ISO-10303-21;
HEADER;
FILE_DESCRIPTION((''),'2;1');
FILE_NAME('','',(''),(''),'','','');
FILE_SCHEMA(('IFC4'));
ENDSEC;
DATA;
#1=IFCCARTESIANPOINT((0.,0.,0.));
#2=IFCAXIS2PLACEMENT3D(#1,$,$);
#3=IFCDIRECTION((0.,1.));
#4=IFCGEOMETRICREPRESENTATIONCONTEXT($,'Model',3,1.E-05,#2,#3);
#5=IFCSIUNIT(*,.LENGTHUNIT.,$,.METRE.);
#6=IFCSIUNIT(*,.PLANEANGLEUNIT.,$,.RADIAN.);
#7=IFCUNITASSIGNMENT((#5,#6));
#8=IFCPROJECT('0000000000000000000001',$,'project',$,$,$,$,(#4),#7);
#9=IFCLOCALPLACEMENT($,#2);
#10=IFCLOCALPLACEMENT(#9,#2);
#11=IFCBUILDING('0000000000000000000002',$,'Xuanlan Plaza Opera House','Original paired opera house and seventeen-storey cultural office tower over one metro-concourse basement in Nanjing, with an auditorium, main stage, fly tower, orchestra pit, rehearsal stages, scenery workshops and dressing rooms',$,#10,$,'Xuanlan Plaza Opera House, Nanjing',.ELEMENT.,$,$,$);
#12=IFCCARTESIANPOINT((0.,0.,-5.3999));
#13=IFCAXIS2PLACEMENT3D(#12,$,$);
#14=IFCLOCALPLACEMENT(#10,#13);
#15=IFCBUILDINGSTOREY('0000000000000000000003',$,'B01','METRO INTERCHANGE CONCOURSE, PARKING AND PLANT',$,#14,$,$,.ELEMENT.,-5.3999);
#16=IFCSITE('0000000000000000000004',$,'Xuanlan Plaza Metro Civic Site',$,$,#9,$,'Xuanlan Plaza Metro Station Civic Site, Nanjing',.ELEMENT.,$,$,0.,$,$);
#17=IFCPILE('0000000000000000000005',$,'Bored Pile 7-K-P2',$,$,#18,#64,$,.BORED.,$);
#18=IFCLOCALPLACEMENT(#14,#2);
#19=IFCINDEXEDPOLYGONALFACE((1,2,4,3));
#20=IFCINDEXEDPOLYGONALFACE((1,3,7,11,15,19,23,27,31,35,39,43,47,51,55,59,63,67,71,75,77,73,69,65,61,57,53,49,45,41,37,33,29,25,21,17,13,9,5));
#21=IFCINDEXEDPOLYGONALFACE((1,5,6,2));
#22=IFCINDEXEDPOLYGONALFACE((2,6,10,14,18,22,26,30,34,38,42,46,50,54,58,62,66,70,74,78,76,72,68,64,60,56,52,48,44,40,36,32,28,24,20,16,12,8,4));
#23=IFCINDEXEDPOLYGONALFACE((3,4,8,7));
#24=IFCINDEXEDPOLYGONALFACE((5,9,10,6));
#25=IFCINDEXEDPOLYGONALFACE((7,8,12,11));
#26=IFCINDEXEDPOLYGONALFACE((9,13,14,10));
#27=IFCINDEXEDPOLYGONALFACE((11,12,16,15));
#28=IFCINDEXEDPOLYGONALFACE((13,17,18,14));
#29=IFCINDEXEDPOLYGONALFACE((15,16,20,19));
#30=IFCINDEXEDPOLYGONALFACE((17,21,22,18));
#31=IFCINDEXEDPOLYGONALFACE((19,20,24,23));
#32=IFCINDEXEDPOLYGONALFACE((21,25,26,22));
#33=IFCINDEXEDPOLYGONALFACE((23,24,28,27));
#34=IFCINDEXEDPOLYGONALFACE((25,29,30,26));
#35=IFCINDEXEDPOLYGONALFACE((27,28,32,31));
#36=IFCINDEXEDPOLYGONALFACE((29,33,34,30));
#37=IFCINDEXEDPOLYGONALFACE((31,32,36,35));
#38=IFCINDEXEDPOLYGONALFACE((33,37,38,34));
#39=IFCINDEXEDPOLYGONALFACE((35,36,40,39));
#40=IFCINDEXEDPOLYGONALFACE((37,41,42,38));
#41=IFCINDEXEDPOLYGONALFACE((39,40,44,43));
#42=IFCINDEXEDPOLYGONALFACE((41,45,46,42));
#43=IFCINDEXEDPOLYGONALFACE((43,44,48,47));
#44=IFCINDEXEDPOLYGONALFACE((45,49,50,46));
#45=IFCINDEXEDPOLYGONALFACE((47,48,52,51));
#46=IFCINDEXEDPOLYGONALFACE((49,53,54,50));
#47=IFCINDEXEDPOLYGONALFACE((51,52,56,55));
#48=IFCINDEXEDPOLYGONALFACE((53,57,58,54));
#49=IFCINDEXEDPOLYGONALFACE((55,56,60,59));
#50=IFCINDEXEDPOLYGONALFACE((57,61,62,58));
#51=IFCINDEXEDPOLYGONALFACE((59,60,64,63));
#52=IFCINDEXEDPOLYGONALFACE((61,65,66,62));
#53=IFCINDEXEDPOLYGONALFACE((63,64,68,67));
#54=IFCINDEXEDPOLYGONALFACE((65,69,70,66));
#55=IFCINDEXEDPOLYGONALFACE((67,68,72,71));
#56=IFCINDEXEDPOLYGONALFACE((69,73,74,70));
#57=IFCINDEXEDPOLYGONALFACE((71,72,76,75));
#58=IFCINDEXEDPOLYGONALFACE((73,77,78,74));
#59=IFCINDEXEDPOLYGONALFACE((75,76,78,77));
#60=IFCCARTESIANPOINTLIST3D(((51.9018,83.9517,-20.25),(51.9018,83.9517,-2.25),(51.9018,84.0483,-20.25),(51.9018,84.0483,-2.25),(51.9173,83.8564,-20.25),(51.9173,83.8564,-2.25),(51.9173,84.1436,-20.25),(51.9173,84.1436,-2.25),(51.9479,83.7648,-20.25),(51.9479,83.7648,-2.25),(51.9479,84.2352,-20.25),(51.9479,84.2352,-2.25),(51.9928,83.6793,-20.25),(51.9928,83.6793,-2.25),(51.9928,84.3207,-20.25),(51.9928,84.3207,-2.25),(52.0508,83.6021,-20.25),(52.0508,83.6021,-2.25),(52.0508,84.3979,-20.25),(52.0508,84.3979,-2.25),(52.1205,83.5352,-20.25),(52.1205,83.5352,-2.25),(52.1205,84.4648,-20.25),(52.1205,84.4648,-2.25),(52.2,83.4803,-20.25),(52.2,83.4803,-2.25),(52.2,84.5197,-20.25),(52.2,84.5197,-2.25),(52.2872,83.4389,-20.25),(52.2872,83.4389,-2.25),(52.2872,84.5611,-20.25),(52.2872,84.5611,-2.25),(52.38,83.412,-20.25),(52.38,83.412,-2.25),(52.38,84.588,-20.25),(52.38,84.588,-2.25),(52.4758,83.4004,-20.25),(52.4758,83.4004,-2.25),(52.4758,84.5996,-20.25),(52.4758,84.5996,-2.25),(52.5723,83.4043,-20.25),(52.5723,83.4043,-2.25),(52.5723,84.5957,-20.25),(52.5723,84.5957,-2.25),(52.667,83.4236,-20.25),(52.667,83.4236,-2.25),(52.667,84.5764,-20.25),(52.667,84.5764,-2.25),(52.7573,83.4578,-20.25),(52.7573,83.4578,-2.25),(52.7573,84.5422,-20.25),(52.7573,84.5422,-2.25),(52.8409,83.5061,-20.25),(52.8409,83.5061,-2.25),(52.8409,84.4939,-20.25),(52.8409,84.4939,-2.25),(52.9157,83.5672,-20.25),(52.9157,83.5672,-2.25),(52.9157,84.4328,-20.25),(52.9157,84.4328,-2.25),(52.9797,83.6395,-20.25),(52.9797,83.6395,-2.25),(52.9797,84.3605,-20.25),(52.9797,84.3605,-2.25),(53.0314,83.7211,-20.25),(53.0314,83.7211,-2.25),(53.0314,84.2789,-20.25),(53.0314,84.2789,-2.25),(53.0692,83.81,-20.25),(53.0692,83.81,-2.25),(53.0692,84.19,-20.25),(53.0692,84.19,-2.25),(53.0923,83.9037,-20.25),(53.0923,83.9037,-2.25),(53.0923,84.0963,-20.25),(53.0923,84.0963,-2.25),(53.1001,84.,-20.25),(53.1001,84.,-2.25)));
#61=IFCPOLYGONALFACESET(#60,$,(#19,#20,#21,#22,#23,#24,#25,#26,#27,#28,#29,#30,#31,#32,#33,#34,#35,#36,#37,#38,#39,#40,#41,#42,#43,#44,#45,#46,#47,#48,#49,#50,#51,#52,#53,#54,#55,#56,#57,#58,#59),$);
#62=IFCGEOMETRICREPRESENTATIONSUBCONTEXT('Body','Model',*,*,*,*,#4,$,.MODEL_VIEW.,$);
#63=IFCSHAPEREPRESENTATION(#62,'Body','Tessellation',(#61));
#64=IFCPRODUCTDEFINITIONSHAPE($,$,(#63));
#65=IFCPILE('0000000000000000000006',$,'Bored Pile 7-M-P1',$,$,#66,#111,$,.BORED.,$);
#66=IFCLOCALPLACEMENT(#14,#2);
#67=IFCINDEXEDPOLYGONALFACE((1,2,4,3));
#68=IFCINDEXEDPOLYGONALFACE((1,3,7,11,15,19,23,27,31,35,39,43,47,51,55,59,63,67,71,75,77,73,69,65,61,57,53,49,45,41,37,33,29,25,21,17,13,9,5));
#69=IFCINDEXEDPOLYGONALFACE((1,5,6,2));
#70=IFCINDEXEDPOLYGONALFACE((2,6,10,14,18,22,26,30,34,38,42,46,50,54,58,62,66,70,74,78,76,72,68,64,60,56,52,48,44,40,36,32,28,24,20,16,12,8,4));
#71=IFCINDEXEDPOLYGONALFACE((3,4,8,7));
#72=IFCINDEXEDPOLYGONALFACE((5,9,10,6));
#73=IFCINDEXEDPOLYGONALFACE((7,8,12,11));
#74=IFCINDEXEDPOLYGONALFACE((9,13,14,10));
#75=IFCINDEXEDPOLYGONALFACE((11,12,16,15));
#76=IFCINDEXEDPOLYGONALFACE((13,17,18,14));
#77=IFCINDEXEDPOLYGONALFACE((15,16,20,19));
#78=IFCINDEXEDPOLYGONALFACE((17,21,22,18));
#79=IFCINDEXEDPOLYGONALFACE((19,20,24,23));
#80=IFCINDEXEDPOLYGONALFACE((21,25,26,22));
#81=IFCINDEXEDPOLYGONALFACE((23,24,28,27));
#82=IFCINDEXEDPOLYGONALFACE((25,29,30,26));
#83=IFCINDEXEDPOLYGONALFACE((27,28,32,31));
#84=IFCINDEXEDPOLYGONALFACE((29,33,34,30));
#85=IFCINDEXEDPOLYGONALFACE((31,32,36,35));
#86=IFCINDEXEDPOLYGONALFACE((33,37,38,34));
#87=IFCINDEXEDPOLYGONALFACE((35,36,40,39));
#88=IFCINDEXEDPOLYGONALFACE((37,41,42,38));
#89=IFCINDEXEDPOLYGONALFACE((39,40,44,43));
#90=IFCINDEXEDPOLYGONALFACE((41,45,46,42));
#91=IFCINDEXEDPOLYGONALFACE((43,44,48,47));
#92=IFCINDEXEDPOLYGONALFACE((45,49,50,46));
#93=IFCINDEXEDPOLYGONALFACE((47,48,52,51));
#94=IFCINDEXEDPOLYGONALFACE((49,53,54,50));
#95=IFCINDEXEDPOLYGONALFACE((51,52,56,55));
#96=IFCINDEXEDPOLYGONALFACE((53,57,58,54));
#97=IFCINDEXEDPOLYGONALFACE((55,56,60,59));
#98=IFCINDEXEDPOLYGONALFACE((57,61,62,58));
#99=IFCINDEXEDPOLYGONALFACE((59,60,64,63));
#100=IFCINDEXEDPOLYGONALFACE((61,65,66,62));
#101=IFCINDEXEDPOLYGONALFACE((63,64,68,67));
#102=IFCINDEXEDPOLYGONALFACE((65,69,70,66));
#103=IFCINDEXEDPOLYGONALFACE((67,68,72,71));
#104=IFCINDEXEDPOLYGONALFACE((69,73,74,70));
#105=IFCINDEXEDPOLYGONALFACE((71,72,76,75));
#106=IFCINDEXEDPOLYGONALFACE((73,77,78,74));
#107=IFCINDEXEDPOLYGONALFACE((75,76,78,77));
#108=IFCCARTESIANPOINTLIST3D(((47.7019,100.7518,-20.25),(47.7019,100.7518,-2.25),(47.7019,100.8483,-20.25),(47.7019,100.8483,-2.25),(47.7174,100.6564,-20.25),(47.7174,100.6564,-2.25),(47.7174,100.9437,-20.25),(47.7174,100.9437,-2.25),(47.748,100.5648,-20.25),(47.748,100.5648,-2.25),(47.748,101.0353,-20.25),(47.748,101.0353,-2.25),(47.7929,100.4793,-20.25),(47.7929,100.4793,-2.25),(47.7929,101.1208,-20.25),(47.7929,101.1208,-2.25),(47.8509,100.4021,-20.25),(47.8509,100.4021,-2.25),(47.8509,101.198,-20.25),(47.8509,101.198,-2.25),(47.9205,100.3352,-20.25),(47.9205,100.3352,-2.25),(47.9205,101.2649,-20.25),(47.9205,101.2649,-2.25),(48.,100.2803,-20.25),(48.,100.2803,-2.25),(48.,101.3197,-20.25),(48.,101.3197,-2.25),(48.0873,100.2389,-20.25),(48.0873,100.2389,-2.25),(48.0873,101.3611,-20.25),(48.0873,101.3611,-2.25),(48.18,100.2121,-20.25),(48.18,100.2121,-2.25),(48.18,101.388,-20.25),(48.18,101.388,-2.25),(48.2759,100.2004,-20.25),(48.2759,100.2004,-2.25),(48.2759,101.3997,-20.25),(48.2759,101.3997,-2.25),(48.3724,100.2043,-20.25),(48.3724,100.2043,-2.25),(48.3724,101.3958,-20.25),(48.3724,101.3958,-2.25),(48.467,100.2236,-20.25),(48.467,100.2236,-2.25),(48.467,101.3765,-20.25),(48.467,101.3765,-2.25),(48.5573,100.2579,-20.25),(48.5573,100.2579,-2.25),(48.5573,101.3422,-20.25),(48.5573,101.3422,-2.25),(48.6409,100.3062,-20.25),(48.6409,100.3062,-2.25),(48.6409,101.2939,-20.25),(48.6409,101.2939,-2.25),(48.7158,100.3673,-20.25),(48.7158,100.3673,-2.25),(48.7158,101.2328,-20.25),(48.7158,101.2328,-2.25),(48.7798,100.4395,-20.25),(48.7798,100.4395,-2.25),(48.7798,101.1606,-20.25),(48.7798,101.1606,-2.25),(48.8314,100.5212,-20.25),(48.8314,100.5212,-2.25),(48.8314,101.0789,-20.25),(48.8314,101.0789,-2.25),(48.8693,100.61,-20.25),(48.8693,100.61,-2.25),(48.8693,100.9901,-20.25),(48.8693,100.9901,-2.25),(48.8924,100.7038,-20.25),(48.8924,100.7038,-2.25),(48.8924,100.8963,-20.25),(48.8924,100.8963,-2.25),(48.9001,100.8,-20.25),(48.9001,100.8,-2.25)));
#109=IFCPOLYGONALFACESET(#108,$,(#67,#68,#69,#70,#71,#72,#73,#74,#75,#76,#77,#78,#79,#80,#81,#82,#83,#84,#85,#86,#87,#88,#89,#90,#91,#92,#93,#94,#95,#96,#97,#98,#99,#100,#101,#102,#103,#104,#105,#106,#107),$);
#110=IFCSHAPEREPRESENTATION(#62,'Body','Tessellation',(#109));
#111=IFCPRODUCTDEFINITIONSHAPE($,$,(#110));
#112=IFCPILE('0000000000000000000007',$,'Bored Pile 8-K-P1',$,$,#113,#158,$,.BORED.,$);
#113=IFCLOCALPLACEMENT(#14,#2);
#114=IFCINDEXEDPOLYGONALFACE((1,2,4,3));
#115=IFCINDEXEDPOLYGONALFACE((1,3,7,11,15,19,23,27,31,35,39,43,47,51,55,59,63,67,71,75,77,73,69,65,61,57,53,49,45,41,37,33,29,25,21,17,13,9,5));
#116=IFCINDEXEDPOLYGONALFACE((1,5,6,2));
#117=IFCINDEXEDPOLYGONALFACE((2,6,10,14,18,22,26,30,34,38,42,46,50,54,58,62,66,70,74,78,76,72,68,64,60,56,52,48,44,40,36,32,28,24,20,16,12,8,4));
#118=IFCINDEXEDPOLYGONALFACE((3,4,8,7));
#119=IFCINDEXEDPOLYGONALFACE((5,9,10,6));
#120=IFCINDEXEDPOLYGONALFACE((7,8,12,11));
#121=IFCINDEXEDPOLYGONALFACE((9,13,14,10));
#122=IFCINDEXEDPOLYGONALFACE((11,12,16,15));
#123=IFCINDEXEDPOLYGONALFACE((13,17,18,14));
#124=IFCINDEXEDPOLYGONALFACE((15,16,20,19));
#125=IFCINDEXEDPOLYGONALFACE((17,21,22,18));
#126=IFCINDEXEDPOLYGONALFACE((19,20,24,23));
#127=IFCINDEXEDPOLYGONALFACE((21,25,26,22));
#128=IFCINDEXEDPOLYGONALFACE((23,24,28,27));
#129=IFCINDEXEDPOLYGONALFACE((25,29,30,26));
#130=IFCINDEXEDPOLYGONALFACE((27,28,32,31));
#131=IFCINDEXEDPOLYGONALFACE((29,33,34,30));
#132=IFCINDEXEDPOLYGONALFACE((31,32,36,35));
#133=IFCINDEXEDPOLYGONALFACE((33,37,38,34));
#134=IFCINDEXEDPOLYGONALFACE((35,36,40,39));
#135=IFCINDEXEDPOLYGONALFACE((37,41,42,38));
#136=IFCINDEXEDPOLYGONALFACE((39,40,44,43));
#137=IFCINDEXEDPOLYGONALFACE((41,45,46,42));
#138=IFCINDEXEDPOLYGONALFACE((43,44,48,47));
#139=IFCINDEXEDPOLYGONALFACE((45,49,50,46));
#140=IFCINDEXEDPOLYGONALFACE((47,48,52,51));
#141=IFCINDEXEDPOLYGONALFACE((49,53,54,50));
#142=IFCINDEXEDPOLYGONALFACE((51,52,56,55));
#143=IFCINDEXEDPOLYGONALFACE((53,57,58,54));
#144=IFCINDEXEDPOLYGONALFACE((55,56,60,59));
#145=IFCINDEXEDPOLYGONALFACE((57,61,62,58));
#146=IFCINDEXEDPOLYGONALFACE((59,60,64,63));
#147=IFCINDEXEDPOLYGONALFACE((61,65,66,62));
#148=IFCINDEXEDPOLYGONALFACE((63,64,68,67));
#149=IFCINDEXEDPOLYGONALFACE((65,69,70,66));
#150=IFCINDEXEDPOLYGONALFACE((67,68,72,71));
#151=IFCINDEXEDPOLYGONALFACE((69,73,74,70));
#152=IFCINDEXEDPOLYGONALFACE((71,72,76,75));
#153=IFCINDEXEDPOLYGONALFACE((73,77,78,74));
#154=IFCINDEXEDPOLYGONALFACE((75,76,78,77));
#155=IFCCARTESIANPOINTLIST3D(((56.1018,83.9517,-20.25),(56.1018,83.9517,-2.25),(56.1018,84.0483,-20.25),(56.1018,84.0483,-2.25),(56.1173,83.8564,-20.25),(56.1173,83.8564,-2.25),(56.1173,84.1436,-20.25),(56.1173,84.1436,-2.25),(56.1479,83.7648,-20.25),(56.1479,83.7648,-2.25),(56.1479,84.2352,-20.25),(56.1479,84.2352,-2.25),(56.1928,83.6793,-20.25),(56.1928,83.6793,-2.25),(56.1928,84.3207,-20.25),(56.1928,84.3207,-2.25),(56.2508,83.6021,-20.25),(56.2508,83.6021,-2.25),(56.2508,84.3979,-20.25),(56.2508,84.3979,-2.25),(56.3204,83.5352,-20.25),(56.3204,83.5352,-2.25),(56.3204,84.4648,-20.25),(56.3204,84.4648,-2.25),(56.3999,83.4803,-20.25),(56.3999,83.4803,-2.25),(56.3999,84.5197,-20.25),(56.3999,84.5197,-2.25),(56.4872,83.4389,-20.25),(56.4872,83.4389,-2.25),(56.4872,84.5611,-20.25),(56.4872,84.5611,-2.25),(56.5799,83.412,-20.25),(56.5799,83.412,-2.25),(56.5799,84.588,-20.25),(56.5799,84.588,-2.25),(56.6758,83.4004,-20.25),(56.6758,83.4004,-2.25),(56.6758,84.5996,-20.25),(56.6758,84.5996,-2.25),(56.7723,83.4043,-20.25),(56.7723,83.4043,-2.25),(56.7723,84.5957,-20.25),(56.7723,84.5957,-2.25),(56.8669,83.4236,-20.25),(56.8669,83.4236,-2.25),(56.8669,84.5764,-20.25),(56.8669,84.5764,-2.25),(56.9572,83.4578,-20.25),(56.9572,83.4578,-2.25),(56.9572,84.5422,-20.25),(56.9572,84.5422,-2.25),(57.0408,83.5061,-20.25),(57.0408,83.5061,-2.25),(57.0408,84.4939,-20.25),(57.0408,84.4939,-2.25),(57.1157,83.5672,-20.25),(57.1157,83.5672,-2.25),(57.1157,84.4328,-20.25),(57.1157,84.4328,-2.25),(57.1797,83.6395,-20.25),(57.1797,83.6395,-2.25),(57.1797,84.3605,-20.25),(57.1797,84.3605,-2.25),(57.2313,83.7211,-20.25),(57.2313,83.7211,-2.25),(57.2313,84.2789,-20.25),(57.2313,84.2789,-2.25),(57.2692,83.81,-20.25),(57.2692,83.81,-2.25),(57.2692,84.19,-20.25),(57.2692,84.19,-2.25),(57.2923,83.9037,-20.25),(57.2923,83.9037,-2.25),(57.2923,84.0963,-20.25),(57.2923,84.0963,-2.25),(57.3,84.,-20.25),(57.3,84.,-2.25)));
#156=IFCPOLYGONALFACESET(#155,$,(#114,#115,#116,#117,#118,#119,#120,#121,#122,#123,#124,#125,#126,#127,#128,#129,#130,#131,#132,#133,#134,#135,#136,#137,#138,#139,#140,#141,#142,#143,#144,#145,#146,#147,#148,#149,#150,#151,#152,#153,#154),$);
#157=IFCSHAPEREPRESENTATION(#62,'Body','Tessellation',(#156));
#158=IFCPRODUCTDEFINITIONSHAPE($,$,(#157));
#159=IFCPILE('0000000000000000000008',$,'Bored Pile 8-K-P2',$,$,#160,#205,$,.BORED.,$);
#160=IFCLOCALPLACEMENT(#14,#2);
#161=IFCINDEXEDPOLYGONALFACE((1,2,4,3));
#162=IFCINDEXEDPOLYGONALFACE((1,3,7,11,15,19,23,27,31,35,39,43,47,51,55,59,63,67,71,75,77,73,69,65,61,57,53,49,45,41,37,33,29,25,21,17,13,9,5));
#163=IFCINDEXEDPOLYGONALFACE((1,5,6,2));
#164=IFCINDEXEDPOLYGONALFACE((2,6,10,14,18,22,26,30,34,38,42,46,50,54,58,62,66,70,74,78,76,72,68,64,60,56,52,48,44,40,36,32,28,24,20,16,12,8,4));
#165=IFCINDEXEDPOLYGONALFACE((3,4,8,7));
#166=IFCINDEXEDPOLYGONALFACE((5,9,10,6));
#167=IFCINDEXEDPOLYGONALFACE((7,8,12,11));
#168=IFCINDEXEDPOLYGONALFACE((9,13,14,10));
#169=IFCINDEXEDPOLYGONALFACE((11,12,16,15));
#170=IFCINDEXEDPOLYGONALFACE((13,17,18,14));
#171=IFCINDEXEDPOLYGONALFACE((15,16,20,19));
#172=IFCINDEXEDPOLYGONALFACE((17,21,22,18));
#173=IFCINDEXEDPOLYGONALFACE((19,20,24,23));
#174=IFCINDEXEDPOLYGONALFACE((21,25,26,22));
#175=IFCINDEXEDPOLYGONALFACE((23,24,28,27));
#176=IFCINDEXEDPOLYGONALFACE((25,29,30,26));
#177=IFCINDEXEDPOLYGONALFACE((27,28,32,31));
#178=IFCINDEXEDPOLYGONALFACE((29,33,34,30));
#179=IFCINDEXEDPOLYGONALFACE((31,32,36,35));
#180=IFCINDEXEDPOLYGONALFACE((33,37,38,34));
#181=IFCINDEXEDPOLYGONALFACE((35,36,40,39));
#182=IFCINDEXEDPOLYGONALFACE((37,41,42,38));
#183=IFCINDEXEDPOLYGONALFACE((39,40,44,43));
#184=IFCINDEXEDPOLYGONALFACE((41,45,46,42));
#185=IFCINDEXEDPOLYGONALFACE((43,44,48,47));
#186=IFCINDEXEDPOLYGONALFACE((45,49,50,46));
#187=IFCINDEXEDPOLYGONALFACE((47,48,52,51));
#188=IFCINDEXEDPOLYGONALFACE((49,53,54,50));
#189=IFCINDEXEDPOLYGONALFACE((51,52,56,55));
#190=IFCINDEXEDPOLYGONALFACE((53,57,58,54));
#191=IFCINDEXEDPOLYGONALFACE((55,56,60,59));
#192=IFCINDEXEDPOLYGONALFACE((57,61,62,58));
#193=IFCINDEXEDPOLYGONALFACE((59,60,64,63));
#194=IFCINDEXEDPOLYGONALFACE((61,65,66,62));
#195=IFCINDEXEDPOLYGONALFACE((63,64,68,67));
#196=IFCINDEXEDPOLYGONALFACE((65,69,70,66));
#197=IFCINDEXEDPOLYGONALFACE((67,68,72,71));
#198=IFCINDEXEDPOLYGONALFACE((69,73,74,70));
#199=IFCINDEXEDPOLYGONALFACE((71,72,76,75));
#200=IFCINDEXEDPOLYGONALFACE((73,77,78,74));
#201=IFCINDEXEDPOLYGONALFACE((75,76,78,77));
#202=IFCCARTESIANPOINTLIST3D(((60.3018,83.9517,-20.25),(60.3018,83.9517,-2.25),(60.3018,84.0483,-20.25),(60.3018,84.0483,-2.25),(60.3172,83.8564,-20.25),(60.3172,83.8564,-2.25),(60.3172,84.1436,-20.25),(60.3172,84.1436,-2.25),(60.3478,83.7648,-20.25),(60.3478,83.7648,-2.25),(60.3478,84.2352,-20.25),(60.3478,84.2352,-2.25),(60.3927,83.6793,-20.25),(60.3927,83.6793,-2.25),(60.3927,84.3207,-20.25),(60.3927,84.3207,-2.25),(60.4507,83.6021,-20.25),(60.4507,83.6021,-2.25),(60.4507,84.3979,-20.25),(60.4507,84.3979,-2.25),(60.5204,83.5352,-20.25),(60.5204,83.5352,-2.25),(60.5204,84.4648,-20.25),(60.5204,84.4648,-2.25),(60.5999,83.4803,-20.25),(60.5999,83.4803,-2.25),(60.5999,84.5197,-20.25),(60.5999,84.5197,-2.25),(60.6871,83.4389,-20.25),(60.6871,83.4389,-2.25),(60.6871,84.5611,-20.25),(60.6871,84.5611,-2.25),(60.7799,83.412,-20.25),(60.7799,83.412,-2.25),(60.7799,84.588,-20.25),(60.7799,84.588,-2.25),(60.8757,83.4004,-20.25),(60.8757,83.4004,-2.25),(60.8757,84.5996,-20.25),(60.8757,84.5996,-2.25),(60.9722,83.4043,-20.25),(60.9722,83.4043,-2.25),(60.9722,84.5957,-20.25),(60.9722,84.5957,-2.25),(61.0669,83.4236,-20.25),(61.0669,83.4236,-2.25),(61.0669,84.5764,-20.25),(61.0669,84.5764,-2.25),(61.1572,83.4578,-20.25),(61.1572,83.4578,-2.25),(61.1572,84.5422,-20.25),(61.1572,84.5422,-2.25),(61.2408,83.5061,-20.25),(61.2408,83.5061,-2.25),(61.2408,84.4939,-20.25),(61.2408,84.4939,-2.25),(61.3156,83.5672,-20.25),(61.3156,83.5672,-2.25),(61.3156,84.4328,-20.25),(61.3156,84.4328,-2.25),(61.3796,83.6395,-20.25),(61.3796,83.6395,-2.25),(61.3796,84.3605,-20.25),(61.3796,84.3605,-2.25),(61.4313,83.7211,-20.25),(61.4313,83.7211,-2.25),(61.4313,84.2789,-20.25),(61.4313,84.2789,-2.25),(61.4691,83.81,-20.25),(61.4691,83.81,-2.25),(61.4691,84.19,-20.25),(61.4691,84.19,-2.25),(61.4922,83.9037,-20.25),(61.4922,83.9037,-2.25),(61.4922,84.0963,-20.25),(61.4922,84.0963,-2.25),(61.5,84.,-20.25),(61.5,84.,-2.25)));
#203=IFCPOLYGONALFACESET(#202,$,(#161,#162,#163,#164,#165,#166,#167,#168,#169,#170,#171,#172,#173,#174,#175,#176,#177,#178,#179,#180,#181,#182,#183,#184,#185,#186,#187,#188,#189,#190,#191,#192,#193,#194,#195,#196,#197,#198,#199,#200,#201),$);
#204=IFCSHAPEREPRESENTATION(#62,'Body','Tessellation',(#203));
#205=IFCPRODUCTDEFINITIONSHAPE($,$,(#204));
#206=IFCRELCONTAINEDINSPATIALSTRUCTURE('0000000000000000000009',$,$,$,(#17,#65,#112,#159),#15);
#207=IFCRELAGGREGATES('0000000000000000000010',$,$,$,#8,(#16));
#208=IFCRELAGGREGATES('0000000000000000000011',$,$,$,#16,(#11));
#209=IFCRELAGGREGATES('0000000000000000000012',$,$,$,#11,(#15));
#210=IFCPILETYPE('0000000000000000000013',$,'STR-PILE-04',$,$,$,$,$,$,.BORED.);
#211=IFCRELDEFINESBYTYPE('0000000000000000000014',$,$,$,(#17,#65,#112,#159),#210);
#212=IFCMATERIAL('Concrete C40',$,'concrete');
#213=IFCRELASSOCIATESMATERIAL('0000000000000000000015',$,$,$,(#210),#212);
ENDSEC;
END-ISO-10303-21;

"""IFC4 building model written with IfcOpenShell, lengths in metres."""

from ifc_helpers import new_model, si_unit, direction, frame, origin, origin_2d, place, context, subcontext, project, spatial, circle, extrude, material, material_profile, profile_set, type_object, element, save


model = new_model("IFC4")

# Units and contexts
model_context = context("Model", 3, precision=1e-05, world=origin(), true_north=direction((0.0, 1.0)))
body_context = subcontext(model_context, "Body", "Model", "MODEL_VIEW")
ifc_project = project(units=[si_unit("LENGTHUNIT", "METRE"), si_unit("PLANEANGLEUNIT", "RADIAN")], contexts=[model_context])

# Site, building, storey
site_placement = place(None, origin())
site = spatial("IfcSite", under=ifc_project, at=site_placement, Name="Xuanlan Plaza Metro Civic Site", LongName="Xuanlan Plaza Metro Station Civic Site, Nanjing", CompositionType="ELEMENT", RefElevation=0.0)
building_placement = place(site_placement, origin())
building = spatial("IfcBuilding", under=site, at=building_placement, Name="Xuanlan Plaza Opera House", Description="Original paired opera house and seventeen-storey cultural office tower over one metro-concourse basement in Nanjing, with an auditorium, main stage, fly tower, orchestra pit, rehearsal stages, scenery workshops and dressing rooms", LongName="Xuanlan Plaza Opera House, Nanjing", CompositionType="ELEMENT")
storey_placement = place(building_placement, frame((0.0, 0.0, -5.3999)))
storey = spatial("IfcBuildingStorey", under=building, at=storey_placement, Name="B01", Description="METRO INTERCHANGE CONCOURSE, PARKING AND PLANT", CompositionType="ELEMENT", Elevation=-5.3999)

# Piles
ifc_material_1 = material(Name="Concrete C40", Category="concrete")
ifc_material_profile_1 = material_profile(ifc_material_1, circle(Radius=0.6001, at=origin_2d()), Name="PILE D1200")
ifc_profile_set_1 = profile_set([ifc_material_profile_1], Name="Concrete C40")
pile_type = type_object("IfcPileType", Name="STR-PILE-04", PredefinedType="BORED", material=ifc_profile_set_1)
for number, where, z_axis, x_axis, name in (
    (1, (52.5, 84.0, -2.25), (0.0, 0.0, -1.0), (1.0, 0.0, 0.0), "Bored Pile 7-K-P2"),
    (2, (48.3, 100.8, -2.25), (0.0, 0.0, -1.0), (1.0, 0.0, 0.0), "Bored Pile 7-M-P1"),
    (3, (56.7, 84.0, -2.25), (0.0, 0.0, -1.0), (1.0, 0.0, 0.0), "Bored Pile 8-K-P1"),
    (4, (60.8999, 84.0, -2.25), (0.0, 0.0, -1.0), (1.0, 0.0, 0.0), "Bored Pile 8-K-P2"),
):
    element("IfcPile", number, at=place(storey_placement, frame(where, z_axis=z_axis, x_axis=x_axis)), inside=storey, type_object=pile_type, Name=name, PredefinedType="BORED", context=body_context, shape_type="SweptSolid", body=[
        extrude(circle(Radius=0.6001, at=origin_2d()), origin(), (0.0, 0.0, 1.0), 18.0),
    ])

save(model, "model.ifc")
